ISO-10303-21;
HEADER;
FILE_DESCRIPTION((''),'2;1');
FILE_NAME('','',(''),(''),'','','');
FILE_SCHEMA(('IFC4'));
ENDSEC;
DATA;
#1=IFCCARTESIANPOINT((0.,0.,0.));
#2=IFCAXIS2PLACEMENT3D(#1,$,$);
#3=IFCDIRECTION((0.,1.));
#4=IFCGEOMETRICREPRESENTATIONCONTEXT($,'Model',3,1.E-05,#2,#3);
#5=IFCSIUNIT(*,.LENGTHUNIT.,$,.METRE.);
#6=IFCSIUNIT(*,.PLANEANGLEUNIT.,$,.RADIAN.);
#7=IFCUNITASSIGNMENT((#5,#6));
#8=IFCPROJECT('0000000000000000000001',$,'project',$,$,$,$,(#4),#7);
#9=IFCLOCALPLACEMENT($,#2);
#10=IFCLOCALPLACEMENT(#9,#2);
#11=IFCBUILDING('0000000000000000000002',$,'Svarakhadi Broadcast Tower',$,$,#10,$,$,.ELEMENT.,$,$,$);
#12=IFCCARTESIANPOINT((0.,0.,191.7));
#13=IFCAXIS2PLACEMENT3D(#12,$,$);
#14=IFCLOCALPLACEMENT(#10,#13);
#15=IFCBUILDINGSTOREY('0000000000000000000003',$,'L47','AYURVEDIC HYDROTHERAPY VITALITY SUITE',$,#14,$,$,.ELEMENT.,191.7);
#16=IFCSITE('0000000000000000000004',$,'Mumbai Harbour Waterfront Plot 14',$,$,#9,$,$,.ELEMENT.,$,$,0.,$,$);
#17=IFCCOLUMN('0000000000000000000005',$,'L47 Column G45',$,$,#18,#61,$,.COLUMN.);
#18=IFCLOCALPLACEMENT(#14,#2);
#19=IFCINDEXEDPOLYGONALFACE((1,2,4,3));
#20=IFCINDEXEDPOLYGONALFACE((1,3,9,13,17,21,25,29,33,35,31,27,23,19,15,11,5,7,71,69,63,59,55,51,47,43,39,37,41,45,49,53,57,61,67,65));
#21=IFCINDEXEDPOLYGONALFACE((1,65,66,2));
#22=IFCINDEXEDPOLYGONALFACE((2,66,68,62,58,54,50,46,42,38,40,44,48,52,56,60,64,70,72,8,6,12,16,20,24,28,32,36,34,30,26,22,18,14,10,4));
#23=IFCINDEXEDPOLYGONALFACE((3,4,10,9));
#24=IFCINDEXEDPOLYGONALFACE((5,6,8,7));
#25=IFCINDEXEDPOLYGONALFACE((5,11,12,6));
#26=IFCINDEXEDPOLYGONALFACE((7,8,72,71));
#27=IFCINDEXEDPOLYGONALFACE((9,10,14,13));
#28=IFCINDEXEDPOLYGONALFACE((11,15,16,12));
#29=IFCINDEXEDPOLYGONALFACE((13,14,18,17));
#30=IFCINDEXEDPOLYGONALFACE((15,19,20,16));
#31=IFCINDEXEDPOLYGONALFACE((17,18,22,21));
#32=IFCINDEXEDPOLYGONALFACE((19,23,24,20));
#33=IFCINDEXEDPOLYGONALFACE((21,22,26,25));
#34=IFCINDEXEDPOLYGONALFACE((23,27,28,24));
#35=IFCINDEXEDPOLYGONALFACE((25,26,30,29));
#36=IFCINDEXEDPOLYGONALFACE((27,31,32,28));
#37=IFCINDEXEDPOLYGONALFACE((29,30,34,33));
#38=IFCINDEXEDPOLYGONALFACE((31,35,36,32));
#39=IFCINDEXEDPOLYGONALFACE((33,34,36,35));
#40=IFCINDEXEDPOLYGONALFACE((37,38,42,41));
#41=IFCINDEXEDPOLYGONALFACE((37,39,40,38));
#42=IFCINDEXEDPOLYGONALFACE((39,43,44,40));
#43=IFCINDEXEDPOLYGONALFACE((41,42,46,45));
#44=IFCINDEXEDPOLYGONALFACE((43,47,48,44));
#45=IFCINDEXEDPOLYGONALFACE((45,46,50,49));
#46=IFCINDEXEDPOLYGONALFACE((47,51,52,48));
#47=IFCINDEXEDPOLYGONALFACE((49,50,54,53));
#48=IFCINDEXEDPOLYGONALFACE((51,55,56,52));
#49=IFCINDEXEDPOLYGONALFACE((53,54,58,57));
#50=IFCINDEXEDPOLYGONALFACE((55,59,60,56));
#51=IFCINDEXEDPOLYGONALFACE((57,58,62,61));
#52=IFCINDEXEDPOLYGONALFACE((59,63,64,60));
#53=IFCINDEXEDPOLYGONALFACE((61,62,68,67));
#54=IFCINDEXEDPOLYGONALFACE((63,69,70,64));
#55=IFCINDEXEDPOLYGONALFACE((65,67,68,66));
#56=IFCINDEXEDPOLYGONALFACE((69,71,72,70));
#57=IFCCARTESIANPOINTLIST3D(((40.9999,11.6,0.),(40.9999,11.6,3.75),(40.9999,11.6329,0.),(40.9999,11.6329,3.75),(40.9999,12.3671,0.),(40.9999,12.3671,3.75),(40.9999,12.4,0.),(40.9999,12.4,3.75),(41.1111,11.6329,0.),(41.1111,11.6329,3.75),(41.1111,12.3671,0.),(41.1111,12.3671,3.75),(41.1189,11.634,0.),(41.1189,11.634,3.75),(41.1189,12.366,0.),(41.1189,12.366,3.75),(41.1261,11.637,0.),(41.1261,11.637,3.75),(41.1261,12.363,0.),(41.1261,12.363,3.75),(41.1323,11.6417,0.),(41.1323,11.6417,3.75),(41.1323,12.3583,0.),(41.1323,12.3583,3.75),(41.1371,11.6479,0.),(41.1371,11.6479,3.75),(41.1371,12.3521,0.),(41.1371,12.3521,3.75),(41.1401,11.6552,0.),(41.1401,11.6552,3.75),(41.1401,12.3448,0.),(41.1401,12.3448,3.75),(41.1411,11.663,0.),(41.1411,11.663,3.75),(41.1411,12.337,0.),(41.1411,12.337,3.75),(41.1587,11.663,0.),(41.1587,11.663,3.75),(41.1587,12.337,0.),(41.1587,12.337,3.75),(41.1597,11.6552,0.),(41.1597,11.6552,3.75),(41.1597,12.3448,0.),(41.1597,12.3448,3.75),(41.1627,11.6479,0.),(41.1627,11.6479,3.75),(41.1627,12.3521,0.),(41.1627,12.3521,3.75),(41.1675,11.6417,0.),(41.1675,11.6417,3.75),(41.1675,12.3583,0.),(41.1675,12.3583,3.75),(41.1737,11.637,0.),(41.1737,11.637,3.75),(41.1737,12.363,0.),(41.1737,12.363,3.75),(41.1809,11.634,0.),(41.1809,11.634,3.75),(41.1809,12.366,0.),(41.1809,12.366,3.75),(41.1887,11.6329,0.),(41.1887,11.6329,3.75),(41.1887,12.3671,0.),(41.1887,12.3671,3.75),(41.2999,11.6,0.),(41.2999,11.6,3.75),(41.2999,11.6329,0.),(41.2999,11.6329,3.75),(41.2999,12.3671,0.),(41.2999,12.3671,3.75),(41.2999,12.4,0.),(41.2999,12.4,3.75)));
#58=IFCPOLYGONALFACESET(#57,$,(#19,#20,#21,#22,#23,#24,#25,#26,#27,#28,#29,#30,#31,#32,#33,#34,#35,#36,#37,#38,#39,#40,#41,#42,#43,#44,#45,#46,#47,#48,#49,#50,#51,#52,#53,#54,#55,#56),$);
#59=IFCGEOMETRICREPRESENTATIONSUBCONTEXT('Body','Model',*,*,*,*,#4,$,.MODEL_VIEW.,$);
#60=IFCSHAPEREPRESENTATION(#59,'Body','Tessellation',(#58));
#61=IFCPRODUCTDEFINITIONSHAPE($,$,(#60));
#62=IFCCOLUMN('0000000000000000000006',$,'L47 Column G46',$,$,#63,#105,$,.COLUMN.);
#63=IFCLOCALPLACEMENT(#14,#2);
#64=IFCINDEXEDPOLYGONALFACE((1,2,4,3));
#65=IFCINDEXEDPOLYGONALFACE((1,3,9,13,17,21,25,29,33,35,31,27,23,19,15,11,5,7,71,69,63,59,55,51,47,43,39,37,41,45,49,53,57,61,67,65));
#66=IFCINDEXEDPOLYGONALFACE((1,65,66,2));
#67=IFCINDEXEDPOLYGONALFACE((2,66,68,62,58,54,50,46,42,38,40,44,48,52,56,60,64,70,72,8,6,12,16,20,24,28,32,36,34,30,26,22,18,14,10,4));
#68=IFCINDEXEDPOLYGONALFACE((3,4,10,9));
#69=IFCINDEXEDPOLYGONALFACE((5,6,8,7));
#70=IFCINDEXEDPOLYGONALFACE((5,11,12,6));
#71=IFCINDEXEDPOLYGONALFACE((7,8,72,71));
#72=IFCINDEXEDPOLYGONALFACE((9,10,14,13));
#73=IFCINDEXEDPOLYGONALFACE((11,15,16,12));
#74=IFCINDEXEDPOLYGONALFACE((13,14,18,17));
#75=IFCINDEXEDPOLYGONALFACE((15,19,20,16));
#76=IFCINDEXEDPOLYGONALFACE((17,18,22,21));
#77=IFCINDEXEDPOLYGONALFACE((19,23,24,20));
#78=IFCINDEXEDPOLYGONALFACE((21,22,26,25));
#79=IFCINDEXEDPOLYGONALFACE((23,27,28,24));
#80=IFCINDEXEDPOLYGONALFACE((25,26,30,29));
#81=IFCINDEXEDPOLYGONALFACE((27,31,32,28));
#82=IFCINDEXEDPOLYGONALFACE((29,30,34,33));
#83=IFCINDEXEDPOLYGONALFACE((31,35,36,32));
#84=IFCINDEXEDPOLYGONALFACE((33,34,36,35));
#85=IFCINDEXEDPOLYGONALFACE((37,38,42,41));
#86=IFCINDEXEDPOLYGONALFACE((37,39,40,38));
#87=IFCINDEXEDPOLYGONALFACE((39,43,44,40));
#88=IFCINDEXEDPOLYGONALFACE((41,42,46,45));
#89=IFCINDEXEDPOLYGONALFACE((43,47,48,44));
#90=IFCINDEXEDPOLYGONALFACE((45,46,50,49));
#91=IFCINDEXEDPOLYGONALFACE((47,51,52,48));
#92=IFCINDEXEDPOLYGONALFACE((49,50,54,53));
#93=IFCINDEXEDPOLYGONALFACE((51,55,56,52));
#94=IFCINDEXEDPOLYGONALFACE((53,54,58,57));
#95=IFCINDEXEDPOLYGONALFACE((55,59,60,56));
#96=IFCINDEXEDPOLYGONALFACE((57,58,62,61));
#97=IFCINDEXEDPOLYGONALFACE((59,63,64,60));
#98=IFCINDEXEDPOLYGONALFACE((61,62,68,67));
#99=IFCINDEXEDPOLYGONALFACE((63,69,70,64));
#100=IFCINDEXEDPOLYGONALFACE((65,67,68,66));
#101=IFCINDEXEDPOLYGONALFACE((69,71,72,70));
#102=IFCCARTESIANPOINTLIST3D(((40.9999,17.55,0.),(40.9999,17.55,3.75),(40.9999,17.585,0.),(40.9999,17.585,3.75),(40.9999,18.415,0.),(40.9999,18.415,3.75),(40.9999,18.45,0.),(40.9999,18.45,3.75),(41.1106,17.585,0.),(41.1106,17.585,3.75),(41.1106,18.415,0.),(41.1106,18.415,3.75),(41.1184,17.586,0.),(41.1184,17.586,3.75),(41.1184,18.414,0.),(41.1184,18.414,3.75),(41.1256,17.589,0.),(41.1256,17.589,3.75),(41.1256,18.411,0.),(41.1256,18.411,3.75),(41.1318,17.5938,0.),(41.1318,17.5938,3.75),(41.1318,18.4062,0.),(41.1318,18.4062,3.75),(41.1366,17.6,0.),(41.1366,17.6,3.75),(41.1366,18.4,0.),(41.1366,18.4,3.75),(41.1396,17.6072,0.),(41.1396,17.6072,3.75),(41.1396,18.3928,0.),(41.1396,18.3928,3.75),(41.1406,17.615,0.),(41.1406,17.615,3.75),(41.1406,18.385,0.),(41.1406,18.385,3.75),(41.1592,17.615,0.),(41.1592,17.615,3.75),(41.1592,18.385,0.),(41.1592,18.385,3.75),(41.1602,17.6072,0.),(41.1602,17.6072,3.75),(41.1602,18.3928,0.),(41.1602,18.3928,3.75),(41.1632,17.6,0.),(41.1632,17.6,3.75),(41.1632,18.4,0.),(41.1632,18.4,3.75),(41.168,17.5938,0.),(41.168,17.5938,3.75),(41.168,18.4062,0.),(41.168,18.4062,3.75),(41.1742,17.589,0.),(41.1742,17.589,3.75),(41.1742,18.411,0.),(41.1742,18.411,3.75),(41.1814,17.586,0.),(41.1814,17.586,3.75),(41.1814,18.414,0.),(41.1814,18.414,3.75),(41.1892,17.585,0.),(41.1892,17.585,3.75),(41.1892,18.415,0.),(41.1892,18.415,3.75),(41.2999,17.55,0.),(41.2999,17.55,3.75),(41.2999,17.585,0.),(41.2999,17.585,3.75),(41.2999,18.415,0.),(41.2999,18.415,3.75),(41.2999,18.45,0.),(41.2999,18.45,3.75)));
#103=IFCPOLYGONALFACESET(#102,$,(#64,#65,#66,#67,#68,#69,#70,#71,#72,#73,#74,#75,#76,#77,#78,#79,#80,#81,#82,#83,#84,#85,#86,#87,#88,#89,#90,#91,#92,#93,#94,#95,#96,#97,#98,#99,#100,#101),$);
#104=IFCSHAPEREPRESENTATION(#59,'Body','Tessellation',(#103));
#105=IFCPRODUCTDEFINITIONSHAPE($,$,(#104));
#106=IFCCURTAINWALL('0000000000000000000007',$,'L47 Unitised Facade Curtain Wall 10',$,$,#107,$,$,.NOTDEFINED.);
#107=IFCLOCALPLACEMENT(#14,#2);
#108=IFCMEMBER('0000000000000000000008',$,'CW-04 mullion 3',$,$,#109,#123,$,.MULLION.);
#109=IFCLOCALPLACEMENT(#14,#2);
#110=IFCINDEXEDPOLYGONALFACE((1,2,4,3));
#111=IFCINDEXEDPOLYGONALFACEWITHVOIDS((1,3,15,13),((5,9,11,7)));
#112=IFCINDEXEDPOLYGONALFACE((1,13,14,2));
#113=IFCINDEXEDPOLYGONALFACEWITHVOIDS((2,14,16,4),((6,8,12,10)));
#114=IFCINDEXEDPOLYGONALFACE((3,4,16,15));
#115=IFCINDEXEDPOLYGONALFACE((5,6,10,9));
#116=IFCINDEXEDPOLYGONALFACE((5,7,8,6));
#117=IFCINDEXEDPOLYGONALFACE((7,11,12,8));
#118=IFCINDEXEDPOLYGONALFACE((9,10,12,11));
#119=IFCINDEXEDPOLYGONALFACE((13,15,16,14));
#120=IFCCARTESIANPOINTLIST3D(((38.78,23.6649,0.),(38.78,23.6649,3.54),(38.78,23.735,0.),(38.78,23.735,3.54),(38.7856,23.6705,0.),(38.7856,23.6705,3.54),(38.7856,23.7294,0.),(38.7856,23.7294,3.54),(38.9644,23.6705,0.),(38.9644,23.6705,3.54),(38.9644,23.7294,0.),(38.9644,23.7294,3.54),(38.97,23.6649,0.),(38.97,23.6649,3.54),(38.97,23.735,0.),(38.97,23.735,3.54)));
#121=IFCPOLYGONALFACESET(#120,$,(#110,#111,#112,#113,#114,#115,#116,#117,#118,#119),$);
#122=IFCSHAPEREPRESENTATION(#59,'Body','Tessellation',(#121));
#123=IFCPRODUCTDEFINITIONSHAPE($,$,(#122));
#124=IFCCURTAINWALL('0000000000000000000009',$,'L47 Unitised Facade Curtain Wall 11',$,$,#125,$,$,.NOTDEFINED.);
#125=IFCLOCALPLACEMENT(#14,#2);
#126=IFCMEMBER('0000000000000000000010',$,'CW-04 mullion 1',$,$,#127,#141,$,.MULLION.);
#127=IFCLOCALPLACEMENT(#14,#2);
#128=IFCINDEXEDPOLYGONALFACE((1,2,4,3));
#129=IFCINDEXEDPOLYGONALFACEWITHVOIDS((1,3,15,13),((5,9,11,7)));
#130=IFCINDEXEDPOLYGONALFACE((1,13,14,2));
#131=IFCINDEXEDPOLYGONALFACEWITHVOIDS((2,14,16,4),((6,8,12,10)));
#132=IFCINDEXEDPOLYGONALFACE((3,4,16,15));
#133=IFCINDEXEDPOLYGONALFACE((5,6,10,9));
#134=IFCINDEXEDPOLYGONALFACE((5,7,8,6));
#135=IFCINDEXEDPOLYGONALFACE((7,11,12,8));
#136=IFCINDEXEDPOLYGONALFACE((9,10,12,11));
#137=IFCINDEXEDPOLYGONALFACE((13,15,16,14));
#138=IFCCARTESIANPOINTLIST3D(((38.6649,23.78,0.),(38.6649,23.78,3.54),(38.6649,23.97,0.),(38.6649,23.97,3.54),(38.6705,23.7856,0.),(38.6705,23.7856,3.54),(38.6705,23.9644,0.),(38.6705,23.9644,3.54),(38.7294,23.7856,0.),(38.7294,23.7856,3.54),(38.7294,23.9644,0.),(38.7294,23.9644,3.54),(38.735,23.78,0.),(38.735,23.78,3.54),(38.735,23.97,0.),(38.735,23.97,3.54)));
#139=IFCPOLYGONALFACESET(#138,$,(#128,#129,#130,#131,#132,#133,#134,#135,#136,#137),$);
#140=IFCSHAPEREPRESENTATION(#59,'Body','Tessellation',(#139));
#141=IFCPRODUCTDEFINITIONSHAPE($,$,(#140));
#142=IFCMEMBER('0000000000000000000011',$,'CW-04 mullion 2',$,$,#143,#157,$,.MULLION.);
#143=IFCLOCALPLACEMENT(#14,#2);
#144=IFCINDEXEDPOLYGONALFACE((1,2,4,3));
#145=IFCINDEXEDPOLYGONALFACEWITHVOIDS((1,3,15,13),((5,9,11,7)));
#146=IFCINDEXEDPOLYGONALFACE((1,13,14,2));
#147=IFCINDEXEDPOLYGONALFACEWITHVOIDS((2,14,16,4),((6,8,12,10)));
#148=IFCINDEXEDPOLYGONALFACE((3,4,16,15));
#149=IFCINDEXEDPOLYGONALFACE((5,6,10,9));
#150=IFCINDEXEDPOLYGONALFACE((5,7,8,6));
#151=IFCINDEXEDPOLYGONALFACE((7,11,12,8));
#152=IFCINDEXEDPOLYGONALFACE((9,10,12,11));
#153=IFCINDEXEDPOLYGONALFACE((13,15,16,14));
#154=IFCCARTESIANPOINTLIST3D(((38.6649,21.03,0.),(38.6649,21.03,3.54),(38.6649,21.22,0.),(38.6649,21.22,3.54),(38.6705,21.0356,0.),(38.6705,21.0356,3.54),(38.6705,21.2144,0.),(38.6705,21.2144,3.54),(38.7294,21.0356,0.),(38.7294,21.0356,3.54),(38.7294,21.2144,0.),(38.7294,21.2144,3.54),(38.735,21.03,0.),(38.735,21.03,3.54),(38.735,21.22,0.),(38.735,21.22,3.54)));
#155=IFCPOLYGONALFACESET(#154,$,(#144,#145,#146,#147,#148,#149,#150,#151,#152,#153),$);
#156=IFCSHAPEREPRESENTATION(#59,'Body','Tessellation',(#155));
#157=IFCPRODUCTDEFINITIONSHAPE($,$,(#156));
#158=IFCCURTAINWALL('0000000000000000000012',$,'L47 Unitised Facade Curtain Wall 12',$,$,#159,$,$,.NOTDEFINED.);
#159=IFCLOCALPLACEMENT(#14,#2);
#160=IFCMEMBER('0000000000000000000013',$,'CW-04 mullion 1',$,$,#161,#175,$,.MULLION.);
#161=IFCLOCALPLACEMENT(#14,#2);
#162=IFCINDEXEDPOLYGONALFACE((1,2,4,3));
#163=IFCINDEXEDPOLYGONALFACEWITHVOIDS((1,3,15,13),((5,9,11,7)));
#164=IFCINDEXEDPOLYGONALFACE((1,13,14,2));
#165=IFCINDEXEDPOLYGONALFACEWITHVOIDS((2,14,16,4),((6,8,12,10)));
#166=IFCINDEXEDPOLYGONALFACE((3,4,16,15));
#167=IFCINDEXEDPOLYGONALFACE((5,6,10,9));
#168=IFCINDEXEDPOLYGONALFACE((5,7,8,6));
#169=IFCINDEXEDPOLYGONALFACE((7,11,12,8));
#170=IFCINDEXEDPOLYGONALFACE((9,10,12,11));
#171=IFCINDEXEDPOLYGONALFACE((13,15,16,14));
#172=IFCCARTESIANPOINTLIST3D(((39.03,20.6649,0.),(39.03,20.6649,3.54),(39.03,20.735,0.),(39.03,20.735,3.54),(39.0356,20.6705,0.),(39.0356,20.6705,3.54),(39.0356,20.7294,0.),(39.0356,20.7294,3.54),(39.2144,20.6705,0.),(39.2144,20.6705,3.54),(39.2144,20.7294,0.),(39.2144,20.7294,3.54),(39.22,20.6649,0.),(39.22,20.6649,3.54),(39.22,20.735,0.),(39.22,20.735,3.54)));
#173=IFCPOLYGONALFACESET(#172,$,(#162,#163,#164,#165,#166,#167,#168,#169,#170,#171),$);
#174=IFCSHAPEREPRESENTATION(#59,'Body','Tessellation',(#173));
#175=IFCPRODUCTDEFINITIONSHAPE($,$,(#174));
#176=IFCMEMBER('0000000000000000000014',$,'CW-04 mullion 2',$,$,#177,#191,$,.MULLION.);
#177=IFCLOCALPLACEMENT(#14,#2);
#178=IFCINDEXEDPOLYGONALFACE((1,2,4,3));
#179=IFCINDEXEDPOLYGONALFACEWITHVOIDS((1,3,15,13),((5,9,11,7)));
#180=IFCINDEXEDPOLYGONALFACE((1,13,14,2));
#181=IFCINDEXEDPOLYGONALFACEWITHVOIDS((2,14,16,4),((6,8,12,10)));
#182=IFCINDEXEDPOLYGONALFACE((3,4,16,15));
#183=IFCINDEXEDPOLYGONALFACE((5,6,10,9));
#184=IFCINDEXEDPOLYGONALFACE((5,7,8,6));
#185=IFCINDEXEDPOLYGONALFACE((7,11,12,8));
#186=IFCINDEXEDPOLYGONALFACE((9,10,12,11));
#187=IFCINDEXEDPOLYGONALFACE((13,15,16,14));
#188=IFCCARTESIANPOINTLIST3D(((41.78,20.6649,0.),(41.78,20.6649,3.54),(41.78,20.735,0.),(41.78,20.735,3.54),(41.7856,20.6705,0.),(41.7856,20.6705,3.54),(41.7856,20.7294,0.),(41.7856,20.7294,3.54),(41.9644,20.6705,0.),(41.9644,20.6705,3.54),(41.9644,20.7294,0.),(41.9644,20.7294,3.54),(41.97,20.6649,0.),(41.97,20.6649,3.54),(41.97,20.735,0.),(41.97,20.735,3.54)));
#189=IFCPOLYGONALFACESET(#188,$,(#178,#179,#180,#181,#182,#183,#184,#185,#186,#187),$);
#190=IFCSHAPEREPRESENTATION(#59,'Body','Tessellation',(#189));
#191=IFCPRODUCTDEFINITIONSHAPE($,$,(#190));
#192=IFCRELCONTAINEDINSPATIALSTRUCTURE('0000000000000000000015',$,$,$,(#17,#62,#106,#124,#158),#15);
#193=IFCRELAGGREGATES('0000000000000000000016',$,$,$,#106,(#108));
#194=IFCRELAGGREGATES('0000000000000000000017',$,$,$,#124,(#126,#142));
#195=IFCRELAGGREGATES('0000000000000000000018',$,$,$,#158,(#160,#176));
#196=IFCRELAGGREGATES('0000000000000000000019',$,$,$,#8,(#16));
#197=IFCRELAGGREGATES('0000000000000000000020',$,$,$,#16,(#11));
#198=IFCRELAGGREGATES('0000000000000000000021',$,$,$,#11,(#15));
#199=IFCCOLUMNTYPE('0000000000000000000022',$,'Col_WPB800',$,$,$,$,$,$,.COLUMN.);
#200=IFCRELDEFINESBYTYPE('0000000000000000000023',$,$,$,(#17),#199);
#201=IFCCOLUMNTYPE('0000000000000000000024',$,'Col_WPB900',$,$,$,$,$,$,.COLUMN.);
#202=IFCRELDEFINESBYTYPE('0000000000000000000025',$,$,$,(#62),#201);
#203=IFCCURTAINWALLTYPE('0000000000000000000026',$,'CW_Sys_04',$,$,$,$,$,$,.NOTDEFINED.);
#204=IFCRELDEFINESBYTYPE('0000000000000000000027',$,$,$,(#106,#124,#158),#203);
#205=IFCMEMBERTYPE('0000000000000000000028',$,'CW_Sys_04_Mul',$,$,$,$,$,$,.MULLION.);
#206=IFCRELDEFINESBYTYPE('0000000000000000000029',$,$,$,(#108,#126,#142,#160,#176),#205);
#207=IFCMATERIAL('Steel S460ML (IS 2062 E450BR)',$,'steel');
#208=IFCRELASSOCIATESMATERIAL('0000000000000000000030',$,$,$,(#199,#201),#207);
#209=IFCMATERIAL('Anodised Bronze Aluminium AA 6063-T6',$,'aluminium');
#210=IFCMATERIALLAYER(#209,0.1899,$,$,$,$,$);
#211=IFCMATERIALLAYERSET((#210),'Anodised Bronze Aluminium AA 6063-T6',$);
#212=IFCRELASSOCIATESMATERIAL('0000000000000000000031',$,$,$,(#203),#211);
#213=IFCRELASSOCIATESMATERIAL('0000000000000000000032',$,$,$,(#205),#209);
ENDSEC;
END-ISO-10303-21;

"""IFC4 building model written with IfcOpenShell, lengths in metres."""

from ifc_helpers import new_model, si_unit, direction, frame, origin, origin_2d, place, context, subcontext, project, spatial, hollow_rectangle, i_section, extrude, material, layer, layer_set, material_profile, profile_set, type_object, element, aggregate, save


model = new_model("IFC4")

# Units and contexts
model_context = context("Model", 3, precision=1e-05, world=origin(), true_north=direction((0.0, 1.0)))
body_context = subcontext(model_context, "Body", "Model", "MODEL_VIEW")
ifc_project = project(units=[si_unit("LENGTHUNIT", "METRE"), si_unit("PLANEANGLEUNIT", "RADIAN")], contexts=[model_context])

# Site, building, storey
site_placement = place(None, origin())
site = spatial("IfcSite", under=ifc_project, at=site_placement, Name="Mumbai Harbour Waterfront Plot 14", CompositionType="ELEMENT", RefElevation=0.0)
building_placement = place(site_placement, origin())
building = spatial("IfcBuilding", under=site, at=building_placement, Name="Svarakhadi Broadcast Tower", CompositionType="ELEMENT")
storey_placement = place(building_placement, frame((0.0, 0.0, 191.7)))
storey = spatial("IfcBuildingStorey", under=building, at=storey_placement, Name="L47", Description="AYURVEDIC HYDROTHERAPY VITALITY SUITE", CompositionType="ELEMENT", Elevation=191.7)

# Columns
ifc_material_1 = material(Name="Steel S460ML (IS 2062 E450BR)", Category="steel")
ifc_material_profile_1 = material_profile(ifc_material_1, i_section(OverallWidth=0.3, OverallDepth=0.8, WebThickness=0.0176, FlangeThickness=0.033, FilletRadius=0.03, at=origin_2d()), Name="WPB 800x300x262")
ifc_profile_set_1 = profile_set([ifc_material_profile_1], Name="Steel S460ML (IS 2062 E450BR)")
column_type_1 = type_object("IfcColumnType", Name="Col_WPB800", PredefinedType="COLUMN", material=ifc_profile_set_1)
column_1_placement = place(storey_placement, frame((41.1499, 12.0, 0.0), z_axis=(0.0, 0.0, 1.0), x_axis=(1.0, 0.0, 0.0)))
element("IfcColumn", 1, at=column_1_placement, inside=storey, type_object=column_type_1, Name="L47 Column G45", PredefinedType="COLUMN", context=body_context, shape_type="SweptSolid", body=[
    extrude(i_section(OverallWidth=0.3, OverallDepth=0.8, WebThickness=0.0176, FlangeThickness=0.033, FilletRadius=0.03, at=origin_2d()), origin(), (0.0, 0.0, 1.0), 3.75),
])
ifc_material_profile_2 = material_profile(ifc_material_1, i_section(OverallWidth=0.3, OverallDepth=0.8999, WebThickness=0.0186, FlangeThickness=0.0349, FilletRadius=0.03, at=origin_2d()), Name="WPB 900x300x291")
ifc_profile_set_2 = profile_set([ifc_material_profile_2], Name="Steel S460ML (IS 2062 E450BR)")
column_type_2 = type_object("IfcColumnType", Name="Col_WPB900", PredefinedType="COLUMN", material=ifc_profile_set_2)
column_2_placement = place(storey_placement, frame((41.1499, 18.0, 0.0), z_axis=(0.0, 0.0, 1.0), x_axis=(1.0, 0.0, 0.0)))
element("IfcColumn", 2, at=column_2_placement, inside=storey, type_object=column_type_2, Name="L47 Column G46", PredefinedType="COLUMN", context=body_context, shape_type="SweptSolid", body=[
    extrude(i_section(OverallWidth=0.3, OverallDepth=0.8999, WebThickness=0.0186, FlangeThickness=0.0349, FilletRadius=0.03, at=origin_2d()), origin(), (0.0, 0.0, 1.0), 3.75),
])

# Curtain wall, member
ifc_material_2 = material(Name="Anodised Bronze Aluminium AA 6063-T6", Category="aluminium")
ifc_layer_1 = layer(ifc_material_2, 0.1899)
ifc_layer_set_1 = layer_set([ifc_layer_1], Name="Anodised Bronze Aluminium AA 6063-T6")
curtain_wall_type = type_object("IfcCurtainWallType", Name="CW_Sys_04", PredefinedType="NOTDEFINED", material=ifc_layer_set_1)
curtain_wall_1_placement = place(storey_placement, origin())
curtain_wall_1 = element("IfcCurtainWall", 3, at=curtain_wall_1_placement, inside=storey, type_object=curtain_wall_type, Name="L47 Unitised Facade Curtain Wall 10", PredefinedType="NOTDEFINED")
ifc_material_profile_3 = material_profile(ifc_material_2, hollow_rectangle(XDim=0.0701, YDim=0.1899, WallThickness=0.0056, at=origin_2d()), Name="ALU MULLION 190x70x6")
ifc_profile_set_3 = profile_set([ifc_material_profile_3], Name="Anodised Bronze Aluminium AA 6063-T6")
member_type_1 = type_object("IfcMemberType", Name="CW_Sys_04_Mul", PredefinedType="MULLION", material=ifc_profile_set_3)
member_1_placement = place(storey_placement, frame((38.875, 23.7, 0.0), z_axis=(0.0, 0.0, 1.0), x_axis=(0.0, 1.0, 0.0)))
member_1 = element("IfcMember", 4, at=member_1_placement, type_object=member_type_1, Name="CW-04 mullion 3", PredefinedType="MULLION", context=body_context, shape_type="SweptSolid", body=[
    extrude(hollow_rectangle(XDim=0.0701, YDim=0.1899, WallThickness=0.0056, at=origin_2d()), origin(), (0.0, 0.0, 1.0), 3.54),
])
aggregate(curtain_wall_1, [member_1])

# Curtain walls, members
curtain_wall_2_placement = place(storey_placement, origin())
curtain_wall_2 = element("IfcCurtainWall", 5, at=curtain_wall_2_placement, inside=storey, type_object=curtain_wall_type, Name="L47 Unitised Facade Curtain Wall 11", PredefinedType="NOTDEFINED")
member_2_placement = place(storey_placement, frame((38.7, 23.875, 0.0), z_axis=(0.0, 0.0, 1.0), x_axis=(1.0, 0.0, 0.0)))
member_2 = element("IfcMember", 6, at=member_2_placement, type_object=member_type_1, Name="CW-04 mullion 1", PredefinedType="MULLION", context=body_context, shape_type="SweptSolid", body=[
    extrude(hollow_rectangle(XDim=0.0701, YDim=0.1899, WallThickness=0.0056, at=origin_2d()), origin(), (0.0, 0.0, 1.0), 3.54),
])
member_3_placement = place(storey_placement, frame((38.7, 21.125, 0.0), z_axis=(0.0, 0.0, 1.0), x_axis=(1.0, 0.0, 0.0)))
member_3 = element("IfcMember", 7, at=member_3_placement, type_object=member_type_1, Name="CW-04 mullion 2", PredefinedType="MULLION", context=body_context, shape_type="SweptSolid", body=[
    extrude(hollow_rectangle(XDim=0.0701, YDim=0.1899, WallThickness=0.0056, at=origin_2d()), origin(), (0.0, 0.0, 1.0), 3.54),
])
curtain_wall_3_placement = place(storey_placement, origin())
curtain_wall_3 = element("IfcCurtainWall", 8, at=curtain_wall_3_placement, inside=storey, type_object=curtain_wall_type, Name="L47 Unitised Facade Curtain Wall 12", PredefinedType="NOTDEFINED")
member_4_placement = place(storey_placement, frame((39.125, 20.7, 0.0), z_axis=(0.0, 0.0, 1.0), x_axis=(0.0, 1.0, 0.0)))
member_4 = element("IfcMember", 9, at=member_4_placement, type_object=member_type_1, Name="CW-04 mullion 1", PredefinedType="MULLION", context=body_context, shape_type="SweptSolid", body=[
    extrude(hollow_rectangle(XDim=0.0701, YDim=0.1899, WallThickness=0.0056, at=origin_2d()), origin(), (0.0, 0.0, 1.0), 3.54),
])
member_5_placement = place(storey_placement, frame((41.875, 20.7, 0.0), z_axis=(0.0, 0.0, 1.0), x_axis=(0.0, 1.0, 0.0)))
member_5 = element("IfcMember", 10, at=member_5_placement, type_object=member_type_1, Name="CW-04 mullion 2", PredefinedType="MULLION", context=body_context, shape_type="SweptSolid", body=[
    extrude(hollow_rectangle(XDim=0.0701, YDim=0.1899, WallThickness=0.0056, at=origin_2d()), origin(), (0.0, 0.0, 1.0), 3.54),
])

aggregate(curtain_wall_2, [member_2, member_3])
aggregate(curtain_wall_3, [member_4, member_5])

save(model, "model.ifc")
